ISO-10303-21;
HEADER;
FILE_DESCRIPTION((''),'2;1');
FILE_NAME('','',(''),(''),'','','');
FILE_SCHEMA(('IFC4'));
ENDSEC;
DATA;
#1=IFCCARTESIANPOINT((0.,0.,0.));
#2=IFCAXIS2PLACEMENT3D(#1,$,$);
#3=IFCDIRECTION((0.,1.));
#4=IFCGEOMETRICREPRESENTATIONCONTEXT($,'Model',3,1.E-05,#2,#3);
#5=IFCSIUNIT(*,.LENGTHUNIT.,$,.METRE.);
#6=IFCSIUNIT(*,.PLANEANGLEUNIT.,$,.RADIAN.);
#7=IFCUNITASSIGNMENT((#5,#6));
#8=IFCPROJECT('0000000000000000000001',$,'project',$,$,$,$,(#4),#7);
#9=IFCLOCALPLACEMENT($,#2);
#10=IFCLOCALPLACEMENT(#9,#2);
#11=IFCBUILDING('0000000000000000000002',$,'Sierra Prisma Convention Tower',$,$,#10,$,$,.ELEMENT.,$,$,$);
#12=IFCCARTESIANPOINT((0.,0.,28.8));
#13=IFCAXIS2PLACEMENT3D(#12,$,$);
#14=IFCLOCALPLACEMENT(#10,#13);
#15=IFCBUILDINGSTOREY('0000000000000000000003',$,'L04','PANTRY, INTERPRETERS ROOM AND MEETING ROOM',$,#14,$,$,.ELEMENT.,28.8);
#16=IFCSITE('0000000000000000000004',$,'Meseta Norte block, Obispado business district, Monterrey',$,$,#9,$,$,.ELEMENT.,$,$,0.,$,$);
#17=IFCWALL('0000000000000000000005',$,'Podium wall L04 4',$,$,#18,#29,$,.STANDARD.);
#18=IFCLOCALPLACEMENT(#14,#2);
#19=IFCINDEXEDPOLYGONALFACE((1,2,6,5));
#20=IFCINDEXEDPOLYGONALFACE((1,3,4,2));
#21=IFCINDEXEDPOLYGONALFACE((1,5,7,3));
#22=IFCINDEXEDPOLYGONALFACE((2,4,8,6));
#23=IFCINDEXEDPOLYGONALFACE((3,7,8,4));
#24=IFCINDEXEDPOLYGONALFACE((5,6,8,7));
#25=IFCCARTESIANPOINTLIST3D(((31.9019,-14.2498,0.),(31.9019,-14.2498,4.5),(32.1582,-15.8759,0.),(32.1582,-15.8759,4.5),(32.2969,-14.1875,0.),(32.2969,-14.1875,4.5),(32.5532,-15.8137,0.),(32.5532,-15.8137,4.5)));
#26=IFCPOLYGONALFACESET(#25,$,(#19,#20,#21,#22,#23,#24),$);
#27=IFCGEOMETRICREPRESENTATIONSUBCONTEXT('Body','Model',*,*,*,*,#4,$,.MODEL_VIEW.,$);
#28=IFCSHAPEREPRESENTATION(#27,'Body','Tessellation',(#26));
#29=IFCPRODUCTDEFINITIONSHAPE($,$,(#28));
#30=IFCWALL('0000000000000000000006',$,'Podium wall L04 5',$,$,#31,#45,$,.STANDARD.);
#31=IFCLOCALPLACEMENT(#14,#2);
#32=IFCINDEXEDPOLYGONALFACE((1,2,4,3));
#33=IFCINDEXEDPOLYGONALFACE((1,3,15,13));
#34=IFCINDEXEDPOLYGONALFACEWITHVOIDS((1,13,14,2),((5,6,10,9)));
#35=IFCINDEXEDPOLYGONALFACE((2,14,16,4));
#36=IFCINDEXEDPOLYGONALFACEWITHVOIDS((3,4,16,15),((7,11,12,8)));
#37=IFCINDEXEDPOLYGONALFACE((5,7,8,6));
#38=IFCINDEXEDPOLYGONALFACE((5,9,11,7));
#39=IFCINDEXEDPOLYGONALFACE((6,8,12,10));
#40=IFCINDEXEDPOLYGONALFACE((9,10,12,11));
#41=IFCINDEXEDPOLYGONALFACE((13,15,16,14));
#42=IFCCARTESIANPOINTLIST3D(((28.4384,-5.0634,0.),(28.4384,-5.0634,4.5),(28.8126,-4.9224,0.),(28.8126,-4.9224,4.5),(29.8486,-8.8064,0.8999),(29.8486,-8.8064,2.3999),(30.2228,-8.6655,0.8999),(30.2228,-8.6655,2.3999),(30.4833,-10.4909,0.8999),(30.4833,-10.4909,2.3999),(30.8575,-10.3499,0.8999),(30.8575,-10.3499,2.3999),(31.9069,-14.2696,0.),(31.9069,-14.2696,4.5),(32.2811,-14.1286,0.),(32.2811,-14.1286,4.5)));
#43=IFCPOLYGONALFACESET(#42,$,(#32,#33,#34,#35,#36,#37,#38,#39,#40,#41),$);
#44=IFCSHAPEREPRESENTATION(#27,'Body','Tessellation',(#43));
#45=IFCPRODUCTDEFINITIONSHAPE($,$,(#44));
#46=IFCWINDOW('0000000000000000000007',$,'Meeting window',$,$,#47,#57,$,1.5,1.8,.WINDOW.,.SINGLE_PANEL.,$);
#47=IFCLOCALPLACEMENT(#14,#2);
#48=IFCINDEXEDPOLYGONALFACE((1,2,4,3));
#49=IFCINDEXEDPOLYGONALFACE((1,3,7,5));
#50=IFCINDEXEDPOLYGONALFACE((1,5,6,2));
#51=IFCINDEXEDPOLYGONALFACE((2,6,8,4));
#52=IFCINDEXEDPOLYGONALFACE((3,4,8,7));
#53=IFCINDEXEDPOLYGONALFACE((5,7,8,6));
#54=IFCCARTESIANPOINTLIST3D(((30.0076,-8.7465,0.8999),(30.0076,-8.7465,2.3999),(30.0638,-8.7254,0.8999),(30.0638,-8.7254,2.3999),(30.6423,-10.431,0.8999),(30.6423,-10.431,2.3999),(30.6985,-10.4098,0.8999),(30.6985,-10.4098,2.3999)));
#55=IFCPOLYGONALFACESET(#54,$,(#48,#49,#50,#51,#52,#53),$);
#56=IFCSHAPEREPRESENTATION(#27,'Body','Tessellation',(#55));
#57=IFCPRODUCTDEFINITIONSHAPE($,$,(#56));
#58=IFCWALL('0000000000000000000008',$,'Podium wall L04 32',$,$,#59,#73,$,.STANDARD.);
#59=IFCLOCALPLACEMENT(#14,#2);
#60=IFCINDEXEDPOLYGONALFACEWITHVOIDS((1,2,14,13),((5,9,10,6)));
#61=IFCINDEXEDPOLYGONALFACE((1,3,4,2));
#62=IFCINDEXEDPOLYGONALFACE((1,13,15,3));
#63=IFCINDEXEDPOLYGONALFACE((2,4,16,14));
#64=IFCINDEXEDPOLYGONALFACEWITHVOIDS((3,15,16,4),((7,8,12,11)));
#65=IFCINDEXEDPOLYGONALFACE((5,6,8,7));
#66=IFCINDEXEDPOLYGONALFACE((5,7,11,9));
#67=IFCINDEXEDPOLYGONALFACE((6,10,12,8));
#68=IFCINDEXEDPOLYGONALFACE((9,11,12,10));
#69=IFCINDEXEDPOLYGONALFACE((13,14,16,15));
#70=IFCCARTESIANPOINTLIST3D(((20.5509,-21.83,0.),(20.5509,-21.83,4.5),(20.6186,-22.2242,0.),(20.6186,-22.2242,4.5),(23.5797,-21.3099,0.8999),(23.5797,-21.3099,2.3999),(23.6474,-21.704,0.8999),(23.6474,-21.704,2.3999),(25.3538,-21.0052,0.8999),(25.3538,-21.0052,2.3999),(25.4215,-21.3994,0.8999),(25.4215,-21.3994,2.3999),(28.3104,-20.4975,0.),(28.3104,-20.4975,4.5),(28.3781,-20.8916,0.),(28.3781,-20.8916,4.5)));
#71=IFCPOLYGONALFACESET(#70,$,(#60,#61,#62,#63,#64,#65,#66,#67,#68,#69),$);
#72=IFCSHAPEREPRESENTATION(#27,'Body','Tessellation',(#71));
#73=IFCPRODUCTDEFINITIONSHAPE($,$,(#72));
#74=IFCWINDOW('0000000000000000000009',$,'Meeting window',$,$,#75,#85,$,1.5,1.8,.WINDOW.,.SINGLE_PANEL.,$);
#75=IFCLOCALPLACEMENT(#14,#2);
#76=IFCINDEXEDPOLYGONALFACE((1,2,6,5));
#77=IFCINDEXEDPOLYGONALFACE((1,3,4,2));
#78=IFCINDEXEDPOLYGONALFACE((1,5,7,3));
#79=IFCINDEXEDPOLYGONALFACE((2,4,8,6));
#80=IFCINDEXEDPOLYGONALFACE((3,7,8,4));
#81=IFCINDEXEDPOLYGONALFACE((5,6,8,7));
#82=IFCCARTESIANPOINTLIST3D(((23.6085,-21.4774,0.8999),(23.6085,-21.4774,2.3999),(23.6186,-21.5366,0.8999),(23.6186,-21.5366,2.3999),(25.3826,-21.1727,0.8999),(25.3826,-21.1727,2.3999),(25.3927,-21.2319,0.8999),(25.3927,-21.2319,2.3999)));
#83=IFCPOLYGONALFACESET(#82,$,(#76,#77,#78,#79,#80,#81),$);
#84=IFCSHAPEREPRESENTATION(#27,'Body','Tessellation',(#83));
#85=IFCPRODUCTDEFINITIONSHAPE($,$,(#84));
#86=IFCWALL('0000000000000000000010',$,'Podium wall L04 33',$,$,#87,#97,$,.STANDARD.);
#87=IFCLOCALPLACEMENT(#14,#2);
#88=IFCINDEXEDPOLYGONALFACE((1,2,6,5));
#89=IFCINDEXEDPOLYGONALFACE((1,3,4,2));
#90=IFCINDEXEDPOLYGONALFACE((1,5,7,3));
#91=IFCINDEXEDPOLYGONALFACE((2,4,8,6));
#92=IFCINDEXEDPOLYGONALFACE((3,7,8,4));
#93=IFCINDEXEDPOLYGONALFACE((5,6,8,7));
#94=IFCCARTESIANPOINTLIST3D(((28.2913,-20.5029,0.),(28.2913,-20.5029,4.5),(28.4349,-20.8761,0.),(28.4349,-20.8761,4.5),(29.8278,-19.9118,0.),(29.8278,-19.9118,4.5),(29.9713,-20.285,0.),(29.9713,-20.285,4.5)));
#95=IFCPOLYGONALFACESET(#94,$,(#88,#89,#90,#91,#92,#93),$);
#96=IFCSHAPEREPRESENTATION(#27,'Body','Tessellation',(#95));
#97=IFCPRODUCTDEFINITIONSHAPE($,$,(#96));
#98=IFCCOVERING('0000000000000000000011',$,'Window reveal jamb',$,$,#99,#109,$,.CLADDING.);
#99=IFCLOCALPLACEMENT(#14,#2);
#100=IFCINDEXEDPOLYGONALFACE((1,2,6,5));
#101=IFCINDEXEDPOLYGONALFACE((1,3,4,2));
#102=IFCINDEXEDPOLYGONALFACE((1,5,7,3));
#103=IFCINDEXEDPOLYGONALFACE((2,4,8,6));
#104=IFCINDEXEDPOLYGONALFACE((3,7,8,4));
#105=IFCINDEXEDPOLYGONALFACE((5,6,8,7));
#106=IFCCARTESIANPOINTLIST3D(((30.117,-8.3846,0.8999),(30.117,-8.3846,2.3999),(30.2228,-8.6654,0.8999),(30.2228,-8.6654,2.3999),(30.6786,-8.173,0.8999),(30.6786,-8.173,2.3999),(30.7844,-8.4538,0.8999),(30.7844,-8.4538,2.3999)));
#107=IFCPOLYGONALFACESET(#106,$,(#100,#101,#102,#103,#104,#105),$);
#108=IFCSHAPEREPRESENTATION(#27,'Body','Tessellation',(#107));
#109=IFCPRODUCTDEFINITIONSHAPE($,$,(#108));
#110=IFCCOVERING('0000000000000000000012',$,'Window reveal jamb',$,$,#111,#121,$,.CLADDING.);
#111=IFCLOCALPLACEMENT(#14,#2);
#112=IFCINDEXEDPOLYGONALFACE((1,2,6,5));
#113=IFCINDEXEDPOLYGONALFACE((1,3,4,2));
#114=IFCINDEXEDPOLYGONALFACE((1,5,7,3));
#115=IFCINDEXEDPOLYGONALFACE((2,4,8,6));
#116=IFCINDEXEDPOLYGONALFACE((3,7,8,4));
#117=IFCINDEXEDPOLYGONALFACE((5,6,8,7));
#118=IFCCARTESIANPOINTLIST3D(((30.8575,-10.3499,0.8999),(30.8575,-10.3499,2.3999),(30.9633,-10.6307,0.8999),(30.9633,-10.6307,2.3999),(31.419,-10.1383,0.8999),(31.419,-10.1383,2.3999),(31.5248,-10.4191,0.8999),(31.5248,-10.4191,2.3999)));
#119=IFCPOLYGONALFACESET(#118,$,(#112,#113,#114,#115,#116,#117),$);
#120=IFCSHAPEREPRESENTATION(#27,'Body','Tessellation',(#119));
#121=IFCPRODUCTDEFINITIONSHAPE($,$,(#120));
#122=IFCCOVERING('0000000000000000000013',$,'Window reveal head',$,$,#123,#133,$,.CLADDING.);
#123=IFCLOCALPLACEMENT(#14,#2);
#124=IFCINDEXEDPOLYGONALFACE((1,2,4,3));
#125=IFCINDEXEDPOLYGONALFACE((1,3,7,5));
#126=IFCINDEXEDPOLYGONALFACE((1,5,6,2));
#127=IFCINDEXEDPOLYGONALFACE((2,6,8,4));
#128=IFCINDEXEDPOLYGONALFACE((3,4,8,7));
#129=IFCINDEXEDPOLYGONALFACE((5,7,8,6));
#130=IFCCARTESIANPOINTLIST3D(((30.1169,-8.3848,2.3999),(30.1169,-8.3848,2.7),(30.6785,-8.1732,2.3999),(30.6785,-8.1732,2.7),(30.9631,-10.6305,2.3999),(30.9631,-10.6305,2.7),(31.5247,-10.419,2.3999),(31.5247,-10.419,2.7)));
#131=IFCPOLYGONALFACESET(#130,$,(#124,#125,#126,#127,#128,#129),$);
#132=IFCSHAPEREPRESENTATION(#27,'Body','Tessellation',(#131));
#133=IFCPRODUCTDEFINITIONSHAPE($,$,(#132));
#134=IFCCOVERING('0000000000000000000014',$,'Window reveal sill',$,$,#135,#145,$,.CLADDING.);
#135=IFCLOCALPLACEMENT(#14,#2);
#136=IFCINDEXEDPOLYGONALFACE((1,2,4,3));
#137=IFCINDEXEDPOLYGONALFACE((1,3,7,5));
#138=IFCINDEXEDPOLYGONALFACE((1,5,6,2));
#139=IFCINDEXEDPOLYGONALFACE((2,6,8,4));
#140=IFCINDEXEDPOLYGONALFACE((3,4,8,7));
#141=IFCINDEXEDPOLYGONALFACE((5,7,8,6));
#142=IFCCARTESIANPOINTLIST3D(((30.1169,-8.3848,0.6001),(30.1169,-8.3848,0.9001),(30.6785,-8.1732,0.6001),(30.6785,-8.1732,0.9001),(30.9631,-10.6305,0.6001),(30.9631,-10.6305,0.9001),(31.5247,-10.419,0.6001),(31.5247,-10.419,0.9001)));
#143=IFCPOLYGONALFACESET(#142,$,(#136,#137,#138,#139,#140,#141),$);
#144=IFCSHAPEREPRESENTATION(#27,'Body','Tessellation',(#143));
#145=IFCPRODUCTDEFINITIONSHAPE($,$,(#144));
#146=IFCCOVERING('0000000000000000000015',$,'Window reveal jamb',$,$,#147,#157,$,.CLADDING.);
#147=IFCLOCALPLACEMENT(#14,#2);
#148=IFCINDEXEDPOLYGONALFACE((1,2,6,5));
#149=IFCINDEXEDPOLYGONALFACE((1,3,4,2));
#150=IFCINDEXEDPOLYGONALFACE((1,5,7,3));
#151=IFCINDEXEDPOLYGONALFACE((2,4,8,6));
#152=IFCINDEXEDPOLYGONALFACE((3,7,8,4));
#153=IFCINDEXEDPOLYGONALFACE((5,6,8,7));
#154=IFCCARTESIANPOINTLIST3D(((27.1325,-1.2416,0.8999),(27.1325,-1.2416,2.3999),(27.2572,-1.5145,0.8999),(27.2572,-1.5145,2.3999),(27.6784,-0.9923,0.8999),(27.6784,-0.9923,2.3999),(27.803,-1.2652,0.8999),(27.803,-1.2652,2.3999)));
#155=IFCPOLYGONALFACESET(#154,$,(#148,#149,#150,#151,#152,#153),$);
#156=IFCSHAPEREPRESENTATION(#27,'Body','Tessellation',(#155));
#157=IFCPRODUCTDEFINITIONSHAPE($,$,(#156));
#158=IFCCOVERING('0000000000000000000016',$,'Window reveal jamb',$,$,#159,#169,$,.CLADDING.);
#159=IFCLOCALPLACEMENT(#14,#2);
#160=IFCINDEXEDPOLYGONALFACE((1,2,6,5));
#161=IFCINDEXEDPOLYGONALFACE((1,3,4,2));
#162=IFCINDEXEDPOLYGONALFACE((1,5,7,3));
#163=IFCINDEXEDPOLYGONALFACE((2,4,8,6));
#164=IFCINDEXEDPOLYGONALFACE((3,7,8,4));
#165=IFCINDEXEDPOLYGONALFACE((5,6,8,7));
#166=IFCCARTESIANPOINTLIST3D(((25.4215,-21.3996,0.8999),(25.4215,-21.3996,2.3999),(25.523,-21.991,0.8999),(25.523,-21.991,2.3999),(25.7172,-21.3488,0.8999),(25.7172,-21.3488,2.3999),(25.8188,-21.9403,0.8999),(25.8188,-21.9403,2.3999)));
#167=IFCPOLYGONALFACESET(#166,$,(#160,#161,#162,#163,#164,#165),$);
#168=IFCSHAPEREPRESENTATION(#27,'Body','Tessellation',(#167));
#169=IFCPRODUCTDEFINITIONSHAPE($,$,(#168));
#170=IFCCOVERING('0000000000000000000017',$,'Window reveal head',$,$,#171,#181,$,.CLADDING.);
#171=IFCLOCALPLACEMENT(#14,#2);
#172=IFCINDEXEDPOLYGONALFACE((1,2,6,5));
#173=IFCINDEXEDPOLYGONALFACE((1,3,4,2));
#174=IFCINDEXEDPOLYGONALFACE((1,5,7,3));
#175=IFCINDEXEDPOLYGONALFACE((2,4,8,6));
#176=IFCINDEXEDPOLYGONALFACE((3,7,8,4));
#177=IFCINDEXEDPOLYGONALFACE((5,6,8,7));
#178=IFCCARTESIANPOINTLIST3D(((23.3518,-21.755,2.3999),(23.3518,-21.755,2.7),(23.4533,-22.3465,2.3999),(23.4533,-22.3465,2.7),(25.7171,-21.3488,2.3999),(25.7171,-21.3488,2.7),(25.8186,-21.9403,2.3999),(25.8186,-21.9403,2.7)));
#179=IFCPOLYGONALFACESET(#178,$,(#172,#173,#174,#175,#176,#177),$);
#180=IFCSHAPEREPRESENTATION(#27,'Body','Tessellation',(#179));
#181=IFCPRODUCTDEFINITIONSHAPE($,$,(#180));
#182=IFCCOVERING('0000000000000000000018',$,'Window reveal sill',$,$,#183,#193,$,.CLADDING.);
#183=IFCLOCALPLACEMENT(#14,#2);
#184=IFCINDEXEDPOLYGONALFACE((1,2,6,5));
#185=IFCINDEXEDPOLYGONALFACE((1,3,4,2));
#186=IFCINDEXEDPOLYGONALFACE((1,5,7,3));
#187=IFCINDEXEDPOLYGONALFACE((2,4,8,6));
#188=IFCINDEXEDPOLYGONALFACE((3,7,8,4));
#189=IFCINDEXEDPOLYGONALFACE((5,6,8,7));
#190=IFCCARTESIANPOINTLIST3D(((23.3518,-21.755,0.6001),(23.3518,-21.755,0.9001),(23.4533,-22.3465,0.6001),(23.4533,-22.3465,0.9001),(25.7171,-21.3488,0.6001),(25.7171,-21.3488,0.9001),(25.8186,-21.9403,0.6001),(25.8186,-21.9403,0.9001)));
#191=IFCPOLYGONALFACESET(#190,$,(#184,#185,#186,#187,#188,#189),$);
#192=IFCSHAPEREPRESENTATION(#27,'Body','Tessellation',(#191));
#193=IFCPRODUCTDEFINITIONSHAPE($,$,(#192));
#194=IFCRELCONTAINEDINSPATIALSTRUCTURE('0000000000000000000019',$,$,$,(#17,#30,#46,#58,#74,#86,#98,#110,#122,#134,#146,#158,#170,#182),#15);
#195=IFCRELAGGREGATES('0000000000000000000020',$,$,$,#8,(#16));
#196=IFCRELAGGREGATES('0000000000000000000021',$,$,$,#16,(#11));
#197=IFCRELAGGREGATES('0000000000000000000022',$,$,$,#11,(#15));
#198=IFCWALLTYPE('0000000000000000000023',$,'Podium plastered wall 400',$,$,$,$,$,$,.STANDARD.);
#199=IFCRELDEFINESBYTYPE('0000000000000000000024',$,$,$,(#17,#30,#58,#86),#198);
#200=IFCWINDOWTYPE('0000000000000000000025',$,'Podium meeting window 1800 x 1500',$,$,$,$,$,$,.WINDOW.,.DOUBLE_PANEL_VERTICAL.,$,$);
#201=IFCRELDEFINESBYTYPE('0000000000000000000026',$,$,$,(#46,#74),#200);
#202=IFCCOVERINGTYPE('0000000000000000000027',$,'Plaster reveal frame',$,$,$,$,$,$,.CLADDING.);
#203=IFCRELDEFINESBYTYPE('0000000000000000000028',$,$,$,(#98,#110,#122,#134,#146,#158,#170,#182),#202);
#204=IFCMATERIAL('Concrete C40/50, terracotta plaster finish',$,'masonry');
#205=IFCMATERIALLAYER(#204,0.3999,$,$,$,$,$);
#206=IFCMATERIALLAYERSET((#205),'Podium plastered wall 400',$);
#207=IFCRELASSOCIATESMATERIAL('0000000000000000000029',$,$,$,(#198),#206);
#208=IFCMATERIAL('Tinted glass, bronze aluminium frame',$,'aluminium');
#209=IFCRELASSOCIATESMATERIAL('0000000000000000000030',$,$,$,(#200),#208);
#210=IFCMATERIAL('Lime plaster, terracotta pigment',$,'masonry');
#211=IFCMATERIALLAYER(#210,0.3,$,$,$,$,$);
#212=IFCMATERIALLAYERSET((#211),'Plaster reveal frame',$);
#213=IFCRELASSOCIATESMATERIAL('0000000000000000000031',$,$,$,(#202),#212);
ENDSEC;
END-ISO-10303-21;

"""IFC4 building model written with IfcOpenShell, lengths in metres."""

from ifc_helpers import new_model, si_unit, direction, frame, frame_2d, origin, origin_2d, place, context, subcontext, project, spatial, rectangle, extrude, material, layer, layer_set, type_object, element, fill, save


model = new_model("IFC4")

# Units and contexts
model_context = context("Model", 3, precision=1e-05, world=origin(), true_north=direction((0.0, 1.0)))
body_context = subcontext(model_context, "Body", "Model", "MODEL_VIEW")
ifc_project = project(units=[si_unit("LENGTHUNIT", "METRE"), si_unit("PLANEANGLEUNIT", "RADIAN")], contexts=[model_context])

# Site, building, storey
site_placement = place(None, origin())
site = spatial("IfcSite", under=ifc_project, at=site_placement, Name="Meseta Norte block, Obispado business district, Monterrey", CompositionType="ELEMENT", RefElevation=0.0)
building_placement = place(site_placement, origin())
building = spatial("IfcBuilding", under=site, at=building_placement, Name="Sierra Prisma Convention Tower", CompositionType="ELEMENT")
storey_placement = place(building_placement, frame((0.0, 0.0, 28.8)))
storey = spatial("IfcBuildingStorey", under=building, at=storey_placement, Name="L04", Description="PANTRY, INTERPRETERS ROOM AND MEETING ROOM", CompositionType="ELEMENT", Elevation=28.8)

# Wall
ifc_material_1 = material(Name="Concrete C40/50, terracotta plaster finish", Category="masonry")
ifc_layer_1 = layer(ifc_material_1, 0.3999)
ifc_layer_set_1 = layer_set([ifc_layer_1], Name="Podium plastered wall 400")
wall_type = type_object("IfcWallType", Name="Podium plastered wall 400", PredefinedType="STANDARD", material=ifc_layer_set_1)
wall_1_placement = place(storey_placement, frame((32.0994, -14.2185, 0.0), z_axis=(0.0, 0.0, 1.0), x_axis=(0.155711, -0.987803, 0.0)))
element("IfcWall", 1, at=wall_1_placement, inside=storey, type_object=wall_type, Name="Podium wall L04 4", PredefinedType="STANDARD", context=body_context, shape_type="SweptSolid", body=[
    extrude(rectangle(XDim=1.6462, YDim=0.3999, at=frame_2d((0.8232, 0.0))), origin(), (0.0, 0.0, 1.0), 4.5),
])

# Walls, openings, windows
wall_2_placement = place(storey_placement, frame((28.6255, -4.9929, 0.0), z_axis=(0.0, 0.0, 1.0), x_axis=(0.35257, -0.935785, 0.0)))
wall_2 = element("IfcWall", 2, at=wall_2_placement, inside=storey, type_object=wall_type, Name="Podium wall L04 5", PredefinedType="STANDARD", context=body_context, shape_type="SweptSolid", body=[
    extrude(rectangle(XDim=9.8379, YDim=0.3999, at=frame_2d((4.9189, 0.0))), origin(), (0.0, 0.0, 1.0), 4.5),
])
opening_1_placement = place(wall_2_placement, frame((4.0, 0.0, 0.8999)))
opening_1 = element("IfcOpeningElement", 3, at=opening_1_placement, cuts=wall_2, PredefinedType="OPENING", context=body_context, shape_type="SweptSolid", body=[
    extrude(rectangle(XDim=1.8, YDim=1.5, at=frame_2d((0.8999, 0.75))), frame((0.0, 0.2, 0.0), z_axis=(0.0, -1.0, 0.0), x_axis=(1.0, 0.0, 0.0)), (0.0, 0.0, 1.0), 0.3999),
])
ifc_material_2 = material(Name="Tinted glass, bronze aluminium frame", Category="aluminium")
window_type = type_object("IfcWindowType", Name="Podium meeting window 1800 x 1500", PartitioningType="DOUBLE_PANEL_VERTICAL", PredefinedType="WINDOW", material=ifc_material_2)
window_1_placement = place(opening_1_placement, origin())
window_1 = element("IfcWindow", 4, at=window_1_placement, inside=storey, type_object=window_type, Name="Meeting window", OverallHeight=1.5, OverallWidth=1.8, PartitioningType="SINGLE_PANEL", PredefinedType="WINDOW", context=body_context, shape_type="SweptSolid", body=[
    extrude(rectangle(XDim=1.8, YDim=1.5, at=frame_2d((0.8999, 0.75))), frame((0.0, 0.03, 0.0), z_axis=(0.0, -1.0, 0.0), x_axis=(1.0, 0.0, 0.0)), (0.0, 0.0, 1.0), 0.0601),
])
fill(opening_1, window_1)
wall_3_placement = place(storey_placement, frame((28.3442, -20.6946, 0.0), z_axis=(0.0, 0.0, 1.0), x_axis=(-0.985573, -0.16925, 0.0)))
wall_3 = element("IfcWall", 5, at=wall_3_placement, inside=storey, type_object=wall_type, Name="Podium wall L04 32", PredefinedType="STANDARD", context=body_context, shape_type="SweptSolid", body=[
    extrude(rectangle(XDim=7.873, YDim=0.3999, at=frame_2d((3.9365, 0.0))), origin(), (0.0, 0.0, 1.0), 4.5),
])
opening_2_placement = place(wall_3_placement, frame((3.0, 0.0, 0.8999)))
opening_2 = element("IfcOpeningElement", 6, at=opening_2_placement, cuts=wall_3, PredefinedType="OPENING", context=body_context, shape_type="SweptSolid", body=[
    extrude(rectangle(XDim=1.8, YDim=1.5, at=frame_2d((0.8999, 0.75))), frame((0.0, 0.2, 0.0), z_axis=(0.0, -1.0, 0.0), x_axis=(1.0, 0.0, 0.0)), (0.0, 0.0, 1.0), 0.3999),
])
window_2_placement = place(opening_2_placement, origin())
window_2 = element("IfcWindow", 7, at=window_2_placement, inside=storey, type_object=window_type, Name="Meeting window", OverallHeight=1.5, OverallWidth=1.8, PartitioningType="SINGLE_PANEL", PredefinedType="WINDOW", context=body_context, shape_type="SweptSolid", body=[
    extrude(rectangle(XDim=1.8, YDim=1.5, at=frame_2d((0.8999, 0.75))), frame((0.0, 0.03, 0.0), z_axis=(0.0, -1.0, 0.0), x_axis=(1.0, 0.0, 0.0)), (0.0, 0.0, 1.0), 0.0601),
])
fill(opening_2, window_2)

# Wall
wall_4_placement = place(storey_placement, frame((29.8997, -20.0984, 0.0), z_axis=(0.0, 0.0, 1.0), x_axis=(-0.933315, -0.359059, 0.0)))
element("IfcWall", 8, at=wall_4_placement, inside=storey, type_object=wall_type, Name="Podium wall L04 33", PredefinedType="STANDARD", context=body_context, shape_type="SweptSolid", body=[
    extrude(rectangle(XDim=1.6462, YDim=0.3999, at=frame_2d((0.8232, 0.0))), origin(), (0.0, 0.0, 1.0), 4.5),
])

# Coverings
ifc_material_3 = material(Name="Lime plaster, terracotta pigment", Category="masonry")
ifc_layer_2 = layer(ifc_material_3, 0.3)
ifc_layer_set_2 = layer_set([ifc_layer_2], Name="Plaster reveal frame")
covering_type = type_object("IfcCoveringType", Name="Plaster reveal frame", PredefinedType="CLADDING", material=ifc_layer_set_2)
for number, where, z_axis, x_axis, name in (
    (9, (30.4507, -8.4192, 0.8999), (0.0, 0.0, 1.0), (0.352587, -0.935779, 0.0), "Window reveal jamb"),
    (10, (31.1912, -10.3845, 0.8999), (0.0, 0.0, 1.0), (0.352587, -0.935779, 0.0), "Window reveal jamb"),
):
    element("IfcCovering", number, at=place(storey_placement, frame(where, z_axis=z_axis, x_axis=x_axis)), inside=storey, type_object=covering_type, Name=name, PredefinedType="CLADDING", context=body_context, shape_type="SweptSolid", body=[
        extrude(rectangle(XDim=0.3, YDim=0.6001, at=origin_2d()), origin(), (0.0, 0.0, 1.0), 1.5),
    ])
for number, where, z_axis, x_axis, name in (
    (11, (30.8208, -9.4019, 2.3999), (0.0, 0.0, 1.0), (0.352587, -0.935779, 0.0), "Window reveal head"),
    (12, (30.8208, -9.4019, 0.6001), (0.0, 0.0, 1.0), (0.352587, -0.935779, 0.0), "Window reveal sill"),
):
    element("IfcCovering", number, at=place(storey_placement, frame(where, z_axis=z_axis, x_axis=x_axis)), inside=storey, type_object=covering_type, Name=name, PredefinedType="CLADDING", context=body_context, shape_type="SweptSolid", body=[
        extrude(rectangle(XDim=2.3999, YDim=0.6001, at=origin_2d()), origin(), (0.0, 0.0, 1.0), 0.3),
    ])
for number, where, z_axis, x_axis, name in (
    (13, (27.4678, -1.2534, 0.8999), (0.0, 0.0, 1.0), (0.415398, -0.90964, 0.0), "Window reveal jamb"),
    (14, (25.6201, -21.6699, 0.8999), (0.0, 0.0, 1.0), (-0.985574, -0.169246, 0.0), "Window reveal jamb"),
):
    element("IfcCovering", number, at=place(storey_placement, frame(where, z_axis=z_axis, x_axis=x_axis)), inside=storey, type_object=covering_type, Name=name, PredefinedType="CLADDING", context=body_context, shape_type="SweptSolid", body=[
        extrude(rectangle(XDim=0.3, YDim=0.6001, at=origin_2d()), origin(), (0.0, 0.0, 1.0), 1.5),
    ])
for number, where, z_axis, x_axis, name in (
    (15, (24.5852, -21.8477, 2.3999), (0.0, 0.0, 1.0), (-0.985574, -0.169246, 0.0), "Window reveal head"),
    (16, (24.5852, -21.8477, 0.6001), (0.0, 0.0, 1.0), (-0.985574, -0.169246, 0.0), "Window reveal sill"),
):
    element("IfcCovering", number, at=place(storey_placement, frame(where, z_axis=z_axis, x_axis=x_axis)), inside=storey, type_object=covering_type, Name=name, PredefinedType="CLADDING", context=body_context, shape_type="SweptSolid", body=[
        extrude(rectangle(XDim=2.3999, YDim=0.6001, at=origin_2d()), origin(), (0.0, 0.0, 1.0), 0.3),
    ])

save(model, "model.ifc")
